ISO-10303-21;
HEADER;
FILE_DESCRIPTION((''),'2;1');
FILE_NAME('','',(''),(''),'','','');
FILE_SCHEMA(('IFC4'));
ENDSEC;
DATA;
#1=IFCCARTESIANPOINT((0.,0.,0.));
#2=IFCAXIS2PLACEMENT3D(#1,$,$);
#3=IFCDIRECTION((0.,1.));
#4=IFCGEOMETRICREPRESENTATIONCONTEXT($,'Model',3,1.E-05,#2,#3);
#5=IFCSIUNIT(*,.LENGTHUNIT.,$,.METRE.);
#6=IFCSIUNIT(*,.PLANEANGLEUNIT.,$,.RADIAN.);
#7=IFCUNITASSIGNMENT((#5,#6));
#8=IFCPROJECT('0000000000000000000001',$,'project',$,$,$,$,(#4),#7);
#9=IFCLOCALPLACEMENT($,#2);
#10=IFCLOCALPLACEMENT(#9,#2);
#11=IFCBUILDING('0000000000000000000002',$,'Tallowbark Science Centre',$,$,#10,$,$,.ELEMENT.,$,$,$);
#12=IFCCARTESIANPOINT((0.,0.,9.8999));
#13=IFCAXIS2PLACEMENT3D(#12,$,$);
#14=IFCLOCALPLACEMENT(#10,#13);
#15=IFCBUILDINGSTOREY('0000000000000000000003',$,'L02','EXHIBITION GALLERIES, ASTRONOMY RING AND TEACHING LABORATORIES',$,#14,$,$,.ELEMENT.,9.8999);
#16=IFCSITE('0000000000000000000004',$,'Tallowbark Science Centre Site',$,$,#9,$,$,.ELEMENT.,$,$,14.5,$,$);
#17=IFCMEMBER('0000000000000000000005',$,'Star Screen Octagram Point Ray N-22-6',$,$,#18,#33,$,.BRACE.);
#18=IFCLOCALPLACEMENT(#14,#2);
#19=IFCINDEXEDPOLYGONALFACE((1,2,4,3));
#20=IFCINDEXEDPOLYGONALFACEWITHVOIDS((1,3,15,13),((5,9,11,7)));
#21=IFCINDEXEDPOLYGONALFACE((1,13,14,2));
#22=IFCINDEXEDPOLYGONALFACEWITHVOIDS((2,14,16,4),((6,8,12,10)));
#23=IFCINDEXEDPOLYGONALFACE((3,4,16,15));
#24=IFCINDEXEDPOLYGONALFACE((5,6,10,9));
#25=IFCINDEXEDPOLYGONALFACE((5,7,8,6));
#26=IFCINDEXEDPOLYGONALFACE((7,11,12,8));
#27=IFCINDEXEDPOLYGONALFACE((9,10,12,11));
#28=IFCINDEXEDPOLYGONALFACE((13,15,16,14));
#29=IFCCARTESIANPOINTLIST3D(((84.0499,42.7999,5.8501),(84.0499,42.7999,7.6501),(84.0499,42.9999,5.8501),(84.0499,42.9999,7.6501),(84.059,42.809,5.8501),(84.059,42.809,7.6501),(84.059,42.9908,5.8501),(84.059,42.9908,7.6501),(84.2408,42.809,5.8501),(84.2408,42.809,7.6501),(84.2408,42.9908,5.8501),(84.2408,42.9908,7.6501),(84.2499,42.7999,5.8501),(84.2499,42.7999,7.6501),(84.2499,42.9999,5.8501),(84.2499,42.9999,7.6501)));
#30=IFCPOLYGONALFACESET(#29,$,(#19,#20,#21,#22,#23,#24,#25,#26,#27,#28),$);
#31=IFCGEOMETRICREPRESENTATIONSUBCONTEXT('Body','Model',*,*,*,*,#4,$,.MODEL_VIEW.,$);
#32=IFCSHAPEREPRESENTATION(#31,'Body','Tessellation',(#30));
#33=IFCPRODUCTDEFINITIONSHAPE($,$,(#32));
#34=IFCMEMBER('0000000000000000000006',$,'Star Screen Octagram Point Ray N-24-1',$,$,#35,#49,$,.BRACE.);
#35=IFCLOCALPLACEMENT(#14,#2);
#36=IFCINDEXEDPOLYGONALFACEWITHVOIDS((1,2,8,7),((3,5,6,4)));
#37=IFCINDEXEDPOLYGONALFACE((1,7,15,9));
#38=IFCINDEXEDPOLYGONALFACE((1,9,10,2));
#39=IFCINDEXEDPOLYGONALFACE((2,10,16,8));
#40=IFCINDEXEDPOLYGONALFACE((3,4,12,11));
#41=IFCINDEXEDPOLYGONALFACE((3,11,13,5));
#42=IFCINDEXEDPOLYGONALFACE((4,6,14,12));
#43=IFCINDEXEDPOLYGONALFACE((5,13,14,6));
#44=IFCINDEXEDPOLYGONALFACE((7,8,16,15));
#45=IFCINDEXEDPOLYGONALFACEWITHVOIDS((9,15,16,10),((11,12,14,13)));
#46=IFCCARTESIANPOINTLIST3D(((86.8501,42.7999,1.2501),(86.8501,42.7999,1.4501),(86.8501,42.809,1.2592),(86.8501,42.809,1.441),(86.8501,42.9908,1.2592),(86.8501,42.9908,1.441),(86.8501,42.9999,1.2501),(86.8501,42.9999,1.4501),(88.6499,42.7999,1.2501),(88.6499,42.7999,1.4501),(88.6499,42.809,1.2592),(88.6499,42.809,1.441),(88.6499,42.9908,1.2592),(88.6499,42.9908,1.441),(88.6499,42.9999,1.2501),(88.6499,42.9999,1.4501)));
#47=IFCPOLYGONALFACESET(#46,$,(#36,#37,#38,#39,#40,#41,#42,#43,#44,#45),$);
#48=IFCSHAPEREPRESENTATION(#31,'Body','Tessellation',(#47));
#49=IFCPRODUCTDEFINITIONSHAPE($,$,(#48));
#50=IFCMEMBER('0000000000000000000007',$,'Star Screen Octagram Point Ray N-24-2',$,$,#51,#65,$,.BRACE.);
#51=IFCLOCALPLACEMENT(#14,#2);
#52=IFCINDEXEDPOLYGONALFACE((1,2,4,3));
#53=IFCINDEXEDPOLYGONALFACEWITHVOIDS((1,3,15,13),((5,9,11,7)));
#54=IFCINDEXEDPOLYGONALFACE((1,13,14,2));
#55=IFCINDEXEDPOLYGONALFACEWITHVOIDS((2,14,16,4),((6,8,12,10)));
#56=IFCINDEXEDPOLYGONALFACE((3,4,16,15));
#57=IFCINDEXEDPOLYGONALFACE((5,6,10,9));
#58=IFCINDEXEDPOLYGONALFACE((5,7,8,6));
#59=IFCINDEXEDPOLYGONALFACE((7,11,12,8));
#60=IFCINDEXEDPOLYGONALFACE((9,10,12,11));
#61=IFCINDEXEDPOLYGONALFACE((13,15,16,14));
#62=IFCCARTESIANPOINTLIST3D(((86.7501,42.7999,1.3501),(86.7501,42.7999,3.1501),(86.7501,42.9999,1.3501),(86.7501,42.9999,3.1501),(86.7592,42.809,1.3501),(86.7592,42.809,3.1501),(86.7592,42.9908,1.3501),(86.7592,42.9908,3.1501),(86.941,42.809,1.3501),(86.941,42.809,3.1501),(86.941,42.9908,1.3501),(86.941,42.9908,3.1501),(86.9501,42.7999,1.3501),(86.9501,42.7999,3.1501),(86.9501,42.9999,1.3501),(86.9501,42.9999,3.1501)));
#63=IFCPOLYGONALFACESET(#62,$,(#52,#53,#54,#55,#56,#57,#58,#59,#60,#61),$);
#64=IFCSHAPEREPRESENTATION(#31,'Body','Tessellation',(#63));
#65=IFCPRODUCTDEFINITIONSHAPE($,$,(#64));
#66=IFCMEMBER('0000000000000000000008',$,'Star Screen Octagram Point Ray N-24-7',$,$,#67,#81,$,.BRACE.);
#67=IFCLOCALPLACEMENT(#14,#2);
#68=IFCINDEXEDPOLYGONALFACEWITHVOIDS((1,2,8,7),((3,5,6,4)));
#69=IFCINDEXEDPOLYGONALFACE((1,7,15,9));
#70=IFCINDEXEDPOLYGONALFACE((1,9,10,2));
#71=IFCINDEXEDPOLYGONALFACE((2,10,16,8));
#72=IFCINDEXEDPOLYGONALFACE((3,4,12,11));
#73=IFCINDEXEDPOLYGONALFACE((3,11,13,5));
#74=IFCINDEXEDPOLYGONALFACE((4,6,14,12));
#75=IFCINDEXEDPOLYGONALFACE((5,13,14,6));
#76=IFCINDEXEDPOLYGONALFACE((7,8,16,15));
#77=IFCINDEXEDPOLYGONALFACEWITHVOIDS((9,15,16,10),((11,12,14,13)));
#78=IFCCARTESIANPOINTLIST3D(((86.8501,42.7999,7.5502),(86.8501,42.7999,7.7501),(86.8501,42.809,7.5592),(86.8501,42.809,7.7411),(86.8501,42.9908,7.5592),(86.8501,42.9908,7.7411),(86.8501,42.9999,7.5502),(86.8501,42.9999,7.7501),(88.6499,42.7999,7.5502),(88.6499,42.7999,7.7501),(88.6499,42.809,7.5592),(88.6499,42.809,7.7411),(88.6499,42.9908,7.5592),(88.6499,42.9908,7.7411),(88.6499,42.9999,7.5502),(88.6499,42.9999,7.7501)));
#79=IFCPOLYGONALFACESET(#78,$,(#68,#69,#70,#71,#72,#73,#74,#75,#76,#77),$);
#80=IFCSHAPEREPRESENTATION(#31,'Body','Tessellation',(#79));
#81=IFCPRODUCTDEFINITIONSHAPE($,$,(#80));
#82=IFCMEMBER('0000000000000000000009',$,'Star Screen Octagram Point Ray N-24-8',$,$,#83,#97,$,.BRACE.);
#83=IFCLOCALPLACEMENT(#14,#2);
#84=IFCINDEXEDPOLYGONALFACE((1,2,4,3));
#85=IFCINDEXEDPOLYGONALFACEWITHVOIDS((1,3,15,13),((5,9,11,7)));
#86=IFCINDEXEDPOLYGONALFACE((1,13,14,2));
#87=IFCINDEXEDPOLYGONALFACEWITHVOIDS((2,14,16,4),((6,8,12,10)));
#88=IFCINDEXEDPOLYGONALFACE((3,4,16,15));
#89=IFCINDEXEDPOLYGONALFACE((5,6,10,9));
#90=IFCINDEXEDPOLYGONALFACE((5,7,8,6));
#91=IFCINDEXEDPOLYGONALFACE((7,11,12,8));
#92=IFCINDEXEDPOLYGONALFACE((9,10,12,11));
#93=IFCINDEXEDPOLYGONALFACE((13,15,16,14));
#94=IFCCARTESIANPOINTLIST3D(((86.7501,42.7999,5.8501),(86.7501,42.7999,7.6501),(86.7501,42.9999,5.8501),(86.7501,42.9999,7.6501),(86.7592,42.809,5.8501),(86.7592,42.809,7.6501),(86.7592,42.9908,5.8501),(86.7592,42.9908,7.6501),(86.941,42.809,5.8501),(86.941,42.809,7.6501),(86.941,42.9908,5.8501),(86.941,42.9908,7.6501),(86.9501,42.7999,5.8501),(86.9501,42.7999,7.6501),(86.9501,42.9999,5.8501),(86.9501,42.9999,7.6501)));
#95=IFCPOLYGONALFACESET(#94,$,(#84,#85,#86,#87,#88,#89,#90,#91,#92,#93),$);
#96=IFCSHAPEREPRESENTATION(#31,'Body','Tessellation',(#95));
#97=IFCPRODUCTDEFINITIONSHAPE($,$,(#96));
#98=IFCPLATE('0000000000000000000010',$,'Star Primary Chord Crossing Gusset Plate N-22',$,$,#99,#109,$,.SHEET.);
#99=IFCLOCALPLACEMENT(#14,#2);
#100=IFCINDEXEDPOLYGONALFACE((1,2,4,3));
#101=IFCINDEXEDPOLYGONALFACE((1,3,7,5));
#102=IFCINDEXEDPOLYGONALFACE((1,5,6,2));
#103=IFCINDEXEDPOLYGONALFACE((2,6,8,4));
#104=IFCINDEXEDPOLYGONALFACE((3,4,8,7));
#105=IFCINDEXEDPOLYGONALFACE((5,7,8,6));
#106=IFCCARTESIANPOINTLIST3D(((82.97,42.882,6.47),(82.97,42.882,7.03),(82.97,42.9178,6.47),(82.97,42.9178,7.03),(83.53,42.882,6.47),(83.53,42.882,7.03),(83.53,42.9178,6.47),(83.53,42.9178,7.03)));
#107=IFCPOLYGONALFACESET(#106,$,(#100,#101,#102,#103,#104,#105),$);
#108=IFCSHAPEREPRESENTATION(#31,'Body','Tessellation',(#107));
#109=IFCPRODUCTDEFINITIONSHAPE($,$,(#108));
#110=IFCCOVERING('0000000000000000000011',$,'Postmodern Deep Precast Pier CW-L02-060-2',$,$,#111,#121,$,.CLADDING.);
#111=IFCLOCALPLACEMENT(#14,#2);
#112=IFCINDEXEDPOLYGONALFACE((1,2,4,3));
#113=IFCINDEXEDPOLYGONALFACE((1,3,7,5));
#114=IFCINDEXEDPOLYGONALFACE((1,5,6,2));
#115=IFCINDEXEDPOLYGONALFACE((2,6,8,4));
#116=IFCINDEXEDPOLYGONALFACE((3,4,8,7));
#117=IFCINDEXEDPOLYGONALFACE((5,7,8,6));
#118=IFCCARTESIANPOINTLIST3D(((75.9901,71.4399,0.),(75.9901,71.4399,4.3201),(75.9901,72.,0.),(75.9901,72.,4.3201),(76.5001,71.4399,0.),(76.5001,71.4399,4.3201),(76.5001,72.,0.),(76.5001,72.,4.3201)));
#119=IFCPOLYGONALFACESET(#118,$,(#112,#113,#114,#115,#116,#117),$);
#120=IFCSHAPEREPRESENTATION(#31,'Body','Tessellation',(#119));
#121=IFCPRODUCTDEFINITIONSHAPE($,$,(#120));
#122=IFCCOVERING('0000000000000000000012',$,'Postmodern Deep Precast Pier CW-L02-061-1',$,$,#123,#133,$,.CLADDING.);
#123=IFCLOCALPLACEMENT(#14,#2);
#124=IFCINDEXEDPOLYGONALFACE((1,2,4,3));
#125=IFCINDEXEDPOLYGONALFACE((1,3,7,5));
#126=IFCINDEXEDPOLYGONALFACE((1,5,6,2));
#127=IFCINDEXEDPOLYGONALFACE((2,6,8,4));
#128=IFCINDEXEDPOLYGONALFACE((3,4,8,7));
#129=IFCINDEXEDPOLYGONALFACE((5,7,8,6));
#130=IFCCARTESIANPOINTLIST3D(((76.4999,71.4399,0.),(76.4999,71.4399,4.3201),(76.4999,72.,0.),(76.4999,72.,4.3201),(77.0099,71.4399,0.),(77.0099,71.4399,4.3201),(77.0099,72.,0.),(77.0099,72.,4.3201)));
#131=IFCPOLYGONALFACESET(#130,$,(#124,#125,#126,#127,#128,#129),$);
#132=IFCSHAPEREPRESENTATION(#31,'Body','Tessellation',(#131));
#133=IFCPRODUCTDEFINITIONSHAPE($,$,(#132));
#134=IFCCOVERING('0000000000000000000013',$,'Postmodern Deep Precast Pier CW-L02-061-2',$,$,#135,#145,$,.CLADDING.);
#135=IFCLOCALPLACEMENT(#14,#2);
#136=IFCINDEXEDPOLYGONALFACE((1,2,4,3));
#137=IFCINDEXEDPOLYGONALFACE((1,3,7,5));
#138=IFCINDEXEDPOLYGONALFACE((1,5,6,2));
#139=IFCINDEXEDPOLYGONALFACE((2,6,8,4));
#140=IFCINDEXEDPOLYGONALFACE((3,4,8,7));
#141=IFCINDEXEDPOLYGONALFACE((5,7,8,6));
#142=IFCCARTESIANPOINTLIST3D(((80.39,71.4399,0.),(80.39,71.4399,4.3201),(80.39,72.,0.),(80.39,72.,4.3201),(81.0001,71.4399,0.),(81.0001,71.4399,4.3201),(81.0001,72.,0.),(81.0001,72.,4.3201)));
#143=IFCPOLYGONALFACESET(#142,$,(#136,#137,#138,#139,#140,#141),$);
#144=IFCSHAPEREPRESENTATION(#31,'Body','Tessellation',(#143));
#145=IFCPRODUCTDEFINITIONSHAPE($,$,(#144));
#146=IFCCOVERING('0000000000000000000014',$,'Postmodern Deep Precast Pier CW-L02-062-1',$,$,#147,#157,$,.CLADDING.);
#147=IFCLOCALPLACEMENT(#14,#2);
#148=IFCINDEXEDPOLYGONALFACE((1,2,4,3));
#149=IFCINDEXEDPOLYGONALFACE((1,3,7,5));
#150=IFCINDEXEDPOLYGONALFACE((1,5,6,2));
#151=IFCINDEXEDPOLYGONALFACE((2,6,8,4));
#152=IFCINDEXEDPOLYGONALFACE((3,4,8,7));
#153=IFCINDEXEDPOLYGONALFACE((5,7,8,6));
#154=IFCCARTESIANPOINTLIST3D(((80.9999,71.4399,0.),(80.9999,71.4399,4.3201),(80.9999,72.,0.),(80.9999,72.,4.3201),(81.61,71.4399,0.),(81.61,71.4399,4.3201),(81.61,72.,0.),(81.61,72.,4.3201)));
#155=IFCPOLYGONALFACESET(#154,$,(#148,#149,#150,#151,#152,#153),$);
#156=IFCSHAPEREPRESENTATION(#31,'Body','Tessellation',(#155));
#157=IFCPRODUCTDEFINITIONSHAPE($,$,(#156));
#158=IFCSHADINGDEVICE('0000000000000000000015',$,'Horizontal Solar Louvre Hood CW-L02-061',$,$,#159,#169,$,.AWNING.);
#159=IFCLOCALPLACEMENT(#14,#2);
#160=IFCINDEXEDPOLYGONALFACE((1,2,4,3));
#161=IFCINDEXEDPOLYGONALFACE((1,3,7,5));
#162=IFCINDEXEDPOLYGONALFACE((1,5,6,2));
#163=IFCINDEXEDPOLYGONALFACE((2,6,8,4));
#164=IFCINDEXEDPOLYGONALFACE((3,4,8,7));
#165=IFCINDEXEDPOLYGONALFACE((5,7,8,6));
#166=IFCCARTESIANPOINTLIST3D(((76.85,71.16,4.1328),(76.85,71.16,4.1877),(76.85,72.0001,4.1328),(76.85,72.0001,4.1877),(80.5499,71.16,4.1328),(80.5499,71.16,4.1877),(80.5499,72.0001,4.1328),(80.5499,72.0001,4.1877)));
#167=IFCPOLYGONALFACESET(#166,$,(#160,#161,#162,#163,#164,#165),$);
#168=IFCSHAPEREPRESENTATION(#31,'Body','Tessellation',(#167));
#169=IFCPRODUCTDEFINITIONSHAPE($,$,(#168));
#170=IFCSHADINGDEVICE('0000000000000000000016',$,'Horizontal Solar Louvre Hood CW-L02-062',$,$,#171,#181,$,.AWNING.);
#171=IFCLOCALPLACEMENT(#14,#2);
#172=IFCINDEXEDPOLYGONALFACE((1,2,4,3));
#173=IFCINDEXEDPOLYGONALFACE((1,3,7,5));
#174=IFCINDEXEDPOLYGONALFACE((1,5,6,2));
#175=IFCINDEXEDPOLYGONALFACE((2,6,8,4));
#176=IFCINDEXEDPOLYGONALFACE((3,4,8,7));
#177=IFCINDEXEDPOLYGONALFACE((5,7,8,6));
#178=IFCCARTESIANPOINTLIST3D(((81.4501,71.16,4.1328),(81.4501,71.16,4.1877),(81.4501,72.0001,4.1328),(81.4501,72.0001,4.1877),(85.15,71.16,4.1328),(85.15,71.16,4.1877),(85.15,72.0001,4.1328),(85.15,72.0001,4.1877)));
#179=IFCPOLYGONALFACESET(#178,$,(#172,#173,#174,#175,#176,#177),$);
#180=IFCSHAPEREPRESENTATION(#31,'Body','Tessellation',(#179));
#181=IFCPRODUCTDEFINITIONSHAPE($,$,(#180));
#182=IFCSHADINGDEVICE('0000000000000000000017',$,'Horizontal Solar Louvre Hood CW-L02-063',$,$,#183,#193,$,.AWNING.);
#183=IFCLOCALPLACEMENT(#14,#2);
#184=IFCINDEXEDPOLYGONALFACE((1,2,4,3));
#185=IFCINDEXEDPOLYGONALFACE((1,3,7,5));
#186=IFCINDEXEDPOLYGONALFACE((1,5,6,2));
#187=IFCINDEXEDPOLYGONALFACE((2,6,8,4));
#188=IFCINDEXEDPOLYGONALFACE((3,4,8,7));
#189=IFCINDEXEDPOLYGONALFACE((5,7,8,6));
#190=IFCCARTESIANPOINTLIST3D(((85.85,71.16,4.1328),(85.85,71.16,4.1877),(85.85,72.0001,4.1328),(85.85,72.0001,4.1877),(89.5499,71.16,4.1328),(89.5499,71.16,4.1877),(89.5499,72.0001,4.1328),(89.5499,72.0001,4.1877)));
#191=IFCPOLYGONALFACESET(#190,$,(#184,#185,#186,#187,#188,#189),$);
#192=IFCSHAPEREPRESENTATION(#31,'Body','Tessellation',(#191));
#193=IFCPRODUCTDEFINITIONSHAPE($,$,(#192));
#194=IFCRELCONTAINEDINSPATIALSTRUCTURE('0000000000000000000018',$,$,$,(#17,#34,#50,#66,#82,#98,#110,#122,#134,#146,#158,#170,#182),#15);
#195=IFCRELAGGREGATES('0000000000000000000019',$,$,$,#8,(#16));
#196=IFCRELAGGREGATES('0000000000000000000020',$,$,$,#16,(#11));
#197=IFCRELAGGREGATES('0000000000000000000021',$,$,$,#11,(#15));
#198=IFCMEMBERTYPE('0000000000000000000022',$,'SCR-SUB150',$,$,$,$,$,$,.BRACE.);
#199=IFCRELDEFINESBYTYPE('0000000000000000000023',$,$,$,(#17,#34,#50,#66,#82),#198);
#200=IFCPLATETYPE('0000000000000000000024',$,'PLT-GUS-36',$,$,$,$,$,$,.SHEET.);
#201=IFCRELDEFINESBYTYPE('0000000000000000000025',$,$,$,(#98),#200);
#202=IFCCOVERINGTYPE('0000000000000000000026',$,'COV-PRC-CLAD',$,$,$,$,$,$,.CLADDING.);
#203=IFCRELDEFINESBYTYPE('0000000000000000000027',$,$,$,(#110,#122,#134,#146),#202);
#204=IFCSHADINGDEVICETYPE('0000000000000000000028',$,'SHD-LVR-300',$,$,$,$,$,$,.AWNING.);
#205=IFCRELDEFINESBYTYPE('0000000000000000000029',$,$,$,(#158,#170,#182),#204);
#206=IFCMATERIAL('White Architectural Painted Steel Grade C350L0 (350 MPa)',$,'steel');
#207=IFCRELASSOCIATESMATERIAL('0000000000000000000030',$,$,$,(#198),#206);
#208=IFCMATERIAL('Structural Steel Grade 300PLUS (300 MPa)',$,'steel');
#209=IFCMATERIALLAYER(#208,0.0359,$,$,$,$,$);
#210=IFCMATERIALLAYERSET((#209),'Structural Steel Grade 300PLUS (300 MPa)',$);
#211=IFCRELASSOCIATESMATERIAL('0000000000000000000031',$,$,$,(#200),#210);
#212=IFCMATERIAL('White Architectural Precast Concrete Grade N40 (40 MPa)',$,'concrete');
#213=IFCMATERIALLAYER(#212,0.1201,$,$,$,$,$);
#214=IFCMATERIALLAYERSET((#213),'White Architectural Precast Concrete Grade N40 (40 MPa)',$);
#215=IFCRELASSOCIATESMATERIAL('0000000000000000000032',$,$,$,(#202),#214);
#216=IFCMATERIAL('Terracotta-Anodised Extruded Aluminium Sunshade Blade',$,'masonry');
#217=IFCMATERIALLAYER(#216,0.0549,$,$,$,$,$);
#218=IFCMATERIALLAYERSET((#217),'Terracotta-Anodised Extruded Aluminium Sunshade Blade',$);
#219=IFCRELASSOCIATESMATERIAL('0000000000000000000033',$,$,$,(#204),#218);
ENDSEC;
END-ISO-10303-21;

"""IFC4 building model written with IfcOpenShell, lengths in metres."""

from ifc_helpers import new_model, si_unit, direction, frame, origin, origin_2d, place, context, subcontext, project, spatial, rectangle, hollow_rectangle, extrude, material, layer, layer_set, material_profile, profile_set, type_object, element, save


model = new_model("IFC4")

# Units and contexts
model_context = context("Model", 3, precision=1e-05, world=origin(), true_north=direction((0.0, 1.0)))
body_context = subcontext(model_context, "Body", "Model", "MODEL_VIEW")
ifc_project = project(units=[si_unit("LENGTHUNIT", "METRE"), si_unit("PLANEANGLEUNIT", "RADIAN")], contexts=[model_context])

# Site, building, storey
site_placement = place(None, origin())
site = spatial("IfcSite", under=ifc_project, at=site_placement, Name="Tallowbark Science Centre Site", CompositionType="ELEMENT", RefElevation=14.5)
building_placement = place(site_placement, origin())
building = spatial("IfcBuilding", under=site, at=building_placement, Name="Tallowbark Science Centre", CompositionType="ELEMENT")
storey_placement = place(building_placement, frame((0.0, 0.0, 9.8999)))
storey = spatial("IfcBuildingStorey", under=building, at=storey_placement, Name="L02", Description="EXHIBITION GALLERIES, ASTRONOMY RING AND TEACHING LABORATORIES", CompositionType="ELEMENT", Elevation=9.8999)

# Shared definitions
ifc_material_1 = material(Name="White Architectural Painted Steel Grade C350L0 (350 MPa)", Category="steel")

# Members
ifc_material_profile_1 = material_profile(ifc_material_1, hollow_rectangle(XDim=0.2, YDim=0.2, WallThickness=0.009, at=origin_2d()), Name="200x200x9.0SHS")
ifc_profile_set_1 = profile_set([ifc_material_profile_1], Name="White Architectural Painted Steel Grade C350L0 (350 MPa)")
member_type_1 = type_object("IfcMemberType", Name="SCR-SUB150", PredefinedType="BRACE", material=ifc_profile_set_1)
member_1_placement = place(storey_placement, frame((84.1499, 42.8999, 7.6501), z_axis=(0.0, 0.0, -1.0), x_axis=(1.0, 0.0, 0.0)))
element("IfcMember", 1, at=member_1_placement, inside=storey, type_object=member_type_1, Name="Star Screen Octagram Point Ray N-22-6", PredefinedType="BRACE", context=body_context, shape_type="SweptSolid", body=[
    extrude(hollow_rectangle(XDim=0.2, YDim=0.2, WallThickness=0.009, at=origin_2d()), origin(), (0.0, 0.0, 1.0), 1.8),
])
member_2_placement = place(storey_placement, frame((86.8501, 42.8999, 1.3501), z_axis=(1.0, 0.0, 0.0), x_axis=(0.0, 1.0, 0.0)))
element("IfcMember", 2, at=member_2_placement, inside=storey, type_object=member_type_1, Name="Star Screen Octagram Point Ray N-24-1", PredefinedType="BRACE", context=body_context, shape_type="SweptSolid", body=[
    extrude(hollow_rectangle(XDim=0.2, YDim=0.2, WallThickness=0.009, at=origin_2d()), origin(), (0.0, 0.0, 1.0), 1.7998),
])
member_3_placement = place(storey_placement, frame((86.8501, 42.8999, 1.3501), z_axis=(0.0, 0.0, 1.0), x_axis=(1.0, 0.0, 0.0)))
element("IfcMember", 3, at=member_3_placement, inside=storey, type_object=member_type_1, Name="Star Screen Octagram Point Ray N-24-2", PredefinedType="BRACE", context=body_context, shape_type="SweptSolid", body=[
    extrude(hollow_rectangle(XDim=0.2, YDim=0.2, WallThickness=0.009, at=origin_2d()), origin(), (0.0, 0.0, 1.0), 1.8),
])
member_4_placement = place(storey_placement, frame((86.8501, 42.8999, 7.6501), z_axis=(1.0, 0.0, 0.0), x_axis=(0.0, 1.0, 0.0)))
element("IfcMember", 4, at=member_4_placement, inside=storey, type_object=member_type_1, Name="Star Screen Octagram Point Ray N-24-7", PredefinedType="BRACE", context=body_context, shape_type="SweptSolid", body=[
    extrude(hollow_rectangle(XDim=0.2, YDim=0.2, WallThickness=0.009, at=origin_2d()), origin(), (0.0, 0.0, 1.0), 1.7998),
])
member_5_placement = place(storey_placement, frame((86.8501, 42.8999, 7.6501), z_axis=(0.0, 0.0, -1.0), x_axis=(1.0, 0.0, 0.0)))
element("IfcMember", 5, at=member_5_placement, inside=storey, type_object=member_type_1, Name="Star Screen Octagram Point Ray N-24-8", PredefinedType="BRACE", context=body_context, shape_type="SweptSolid", body=[
    extrude(hollow_rectangle(XDim=0.2, YDim=0.2, WallThickness=0.009, at=origin_2d()), origin(), (0.0, 0.0, 1.0), 1.8),
])

# Plate
ifc_material_2 = material(Name="Structural Steel Grade 300PLUS (300 MPa)", Category="steel")
ifc_layer_1 = layer(ifc_material_2, 0.0359)
ifc_layer_set_1 = layer_set([ifc_layer_1], Name="Structural Steel Grade 300PLUS (300 MPa)")
plate_type = type_object("IfcPlateType", Name="PLT-GUS-36", PredefinedType="SHEET", material=ifc_layer_set_1)
plate_placement = place(storey_placement, frame((83.25, 42.8999, 6.47), z_axis=(0.0, 0.0, 1.0), x_axis=(1.0, 0.0, 0.0)))
element("IfcPlate", 6, at=plate_placement, inside=storey, type_object=plate_type, Name="Star Primary Chord Crossing Gusset Plate N-22", PredefinedType="SHEET", context=body_context, shape_type="SweptSolid", body=[
    extrude(rectangle(XDim=0.5601, YDim=0.0359, at=origin_2d()), origin(), (0.0, 0.0, 1.0), 0.5601),
])

# Coverings
ifc_material_3 = material(Name="White Architectural Precast Concrete Grade N40 (40 MPa)", Category="concrete")
ifc_layer_2 = layer(ifc_material_3, 0.1201)
ifc_layer_set_2 = layer_set([ifc_layer_2], Name="White Architectural Precast Concrete Grade N40 (40 MPa)")
covering_type = type_object("IfcCoveringType", Name="COV-PRC-CLAD", PredefinedType="CLADDING", material=ifc_layer_set_2)
for number, where, z_axis, x_axis, name in (
    (7, (76.2451, 71.72, 0.0), (0.0, 0.0, 1.0), (1.0, 0.0, 0.0), "Postmodern Deep Precast Pier CW-L02-060-2"),
    (8, (76.7549, 71.72, 0.0), (0.0, 0.0, 1.0), (1.0, 0.0, 0.0), "Postmodern Deep Precast Pier CW-L02-061-1"),
):
    element("IfcCovering", number, at=place(storey_placement, frame(where, z_axis=z_axis, x_axis=x_axis)), inside=storey, type_object=covering_type, Name=name, PredefinedType="CLADDING", context=body_context, shape_type="SweptSolid", body=[
        extrude(rectangle(XDim=0.51, YDim=0.5601, at=origin_2d()), origin(), (0.0, 0.0, 1.0), 4.3201),
    ])
for number, where, z_axis, x_axis, name in (
    (9, (80.6951, 71.72, 0.0), (0.0, 0.0, 1.0), (1.0, 0.0, 0.0), "Postmodern Deep Precast Pier CW-L02-061-2"),
    (10, (81.3049, 71.72, 0.0), (0.0, 0.0, 1.0), (1.0, 0.0, 0.0), "Postmodern Deep Precast Pier CW-L02-062-1"),
):
    element("IfcCovering", number, at=place(storey_placement, frame(where, z_axis=z_axis, x_axis=x_axis)), inside=storey, type_object=covering_type, Name=name, PredefinedType="CLADDING", context=body_context, shape_type="SweptSolid", body=[
        extrude(rectangle(XDim=0.6101, YDim=0.5601, at=origin_2d()), origin(), (0.0, 0.0, 1.0), 4.3201),
    ])

# Shading devices
ifc_material_4 = material(Name="Terracotta-Anodised Extruded Aluminium Sunshade Blade", Category="masonry")
ifc_layer_3 = layer(ifc_material_4, 0.0549)
ifc_layer_set_3 = layer_set([ifc_layer_3], Name="Terracotta-Anodised Extruded Aluminium Sunshade Blade")
shading_device_type = type_object("IfcShadingDeviceType", Name="SHD-LVR-300", PredefinedType="AWNING", material=ifc_layer_set_3)
for number, where, z_axis, x_axis, name in (
    (11, (78.7, 71.5801, 4.1328), (0.0, 0.0, 1.0), (1.0, 0.0, 0.0), "Horizontal Solar Louvre Hood CW-L02-061"),
    (12, (83.3, 71.5801, 4.1328), (0.0, 0.0, 1.0), (1.0, 0.0, 0.0), "Horizontal Solar Louvre Hood CW-L02-062"),
    (13, (87.7, 71.5801, 4.1328), (0.0, 0.0, 1.0), (1.0, 0.0, 0.0), "Horizontal Solar Louvre Hood CW-L02-063"),
):
    element("IfcShadingDevice", number, at=place(storey_placement, frame(where, z_axis=z_axis, x_axis=x_axis)), inside=storey, type_object=shading_device_type, Name=name, PredefinedType="AWNING", context=body_context, shape_type="SweptSolid", body=[
        extrude(rectangle(XDim=3.7, YDim=0.8401, at=origin_2d()), origin(), (0.0, 0.0, 1.0), 0.0549),
    ])

save(model, "model.ifc")
